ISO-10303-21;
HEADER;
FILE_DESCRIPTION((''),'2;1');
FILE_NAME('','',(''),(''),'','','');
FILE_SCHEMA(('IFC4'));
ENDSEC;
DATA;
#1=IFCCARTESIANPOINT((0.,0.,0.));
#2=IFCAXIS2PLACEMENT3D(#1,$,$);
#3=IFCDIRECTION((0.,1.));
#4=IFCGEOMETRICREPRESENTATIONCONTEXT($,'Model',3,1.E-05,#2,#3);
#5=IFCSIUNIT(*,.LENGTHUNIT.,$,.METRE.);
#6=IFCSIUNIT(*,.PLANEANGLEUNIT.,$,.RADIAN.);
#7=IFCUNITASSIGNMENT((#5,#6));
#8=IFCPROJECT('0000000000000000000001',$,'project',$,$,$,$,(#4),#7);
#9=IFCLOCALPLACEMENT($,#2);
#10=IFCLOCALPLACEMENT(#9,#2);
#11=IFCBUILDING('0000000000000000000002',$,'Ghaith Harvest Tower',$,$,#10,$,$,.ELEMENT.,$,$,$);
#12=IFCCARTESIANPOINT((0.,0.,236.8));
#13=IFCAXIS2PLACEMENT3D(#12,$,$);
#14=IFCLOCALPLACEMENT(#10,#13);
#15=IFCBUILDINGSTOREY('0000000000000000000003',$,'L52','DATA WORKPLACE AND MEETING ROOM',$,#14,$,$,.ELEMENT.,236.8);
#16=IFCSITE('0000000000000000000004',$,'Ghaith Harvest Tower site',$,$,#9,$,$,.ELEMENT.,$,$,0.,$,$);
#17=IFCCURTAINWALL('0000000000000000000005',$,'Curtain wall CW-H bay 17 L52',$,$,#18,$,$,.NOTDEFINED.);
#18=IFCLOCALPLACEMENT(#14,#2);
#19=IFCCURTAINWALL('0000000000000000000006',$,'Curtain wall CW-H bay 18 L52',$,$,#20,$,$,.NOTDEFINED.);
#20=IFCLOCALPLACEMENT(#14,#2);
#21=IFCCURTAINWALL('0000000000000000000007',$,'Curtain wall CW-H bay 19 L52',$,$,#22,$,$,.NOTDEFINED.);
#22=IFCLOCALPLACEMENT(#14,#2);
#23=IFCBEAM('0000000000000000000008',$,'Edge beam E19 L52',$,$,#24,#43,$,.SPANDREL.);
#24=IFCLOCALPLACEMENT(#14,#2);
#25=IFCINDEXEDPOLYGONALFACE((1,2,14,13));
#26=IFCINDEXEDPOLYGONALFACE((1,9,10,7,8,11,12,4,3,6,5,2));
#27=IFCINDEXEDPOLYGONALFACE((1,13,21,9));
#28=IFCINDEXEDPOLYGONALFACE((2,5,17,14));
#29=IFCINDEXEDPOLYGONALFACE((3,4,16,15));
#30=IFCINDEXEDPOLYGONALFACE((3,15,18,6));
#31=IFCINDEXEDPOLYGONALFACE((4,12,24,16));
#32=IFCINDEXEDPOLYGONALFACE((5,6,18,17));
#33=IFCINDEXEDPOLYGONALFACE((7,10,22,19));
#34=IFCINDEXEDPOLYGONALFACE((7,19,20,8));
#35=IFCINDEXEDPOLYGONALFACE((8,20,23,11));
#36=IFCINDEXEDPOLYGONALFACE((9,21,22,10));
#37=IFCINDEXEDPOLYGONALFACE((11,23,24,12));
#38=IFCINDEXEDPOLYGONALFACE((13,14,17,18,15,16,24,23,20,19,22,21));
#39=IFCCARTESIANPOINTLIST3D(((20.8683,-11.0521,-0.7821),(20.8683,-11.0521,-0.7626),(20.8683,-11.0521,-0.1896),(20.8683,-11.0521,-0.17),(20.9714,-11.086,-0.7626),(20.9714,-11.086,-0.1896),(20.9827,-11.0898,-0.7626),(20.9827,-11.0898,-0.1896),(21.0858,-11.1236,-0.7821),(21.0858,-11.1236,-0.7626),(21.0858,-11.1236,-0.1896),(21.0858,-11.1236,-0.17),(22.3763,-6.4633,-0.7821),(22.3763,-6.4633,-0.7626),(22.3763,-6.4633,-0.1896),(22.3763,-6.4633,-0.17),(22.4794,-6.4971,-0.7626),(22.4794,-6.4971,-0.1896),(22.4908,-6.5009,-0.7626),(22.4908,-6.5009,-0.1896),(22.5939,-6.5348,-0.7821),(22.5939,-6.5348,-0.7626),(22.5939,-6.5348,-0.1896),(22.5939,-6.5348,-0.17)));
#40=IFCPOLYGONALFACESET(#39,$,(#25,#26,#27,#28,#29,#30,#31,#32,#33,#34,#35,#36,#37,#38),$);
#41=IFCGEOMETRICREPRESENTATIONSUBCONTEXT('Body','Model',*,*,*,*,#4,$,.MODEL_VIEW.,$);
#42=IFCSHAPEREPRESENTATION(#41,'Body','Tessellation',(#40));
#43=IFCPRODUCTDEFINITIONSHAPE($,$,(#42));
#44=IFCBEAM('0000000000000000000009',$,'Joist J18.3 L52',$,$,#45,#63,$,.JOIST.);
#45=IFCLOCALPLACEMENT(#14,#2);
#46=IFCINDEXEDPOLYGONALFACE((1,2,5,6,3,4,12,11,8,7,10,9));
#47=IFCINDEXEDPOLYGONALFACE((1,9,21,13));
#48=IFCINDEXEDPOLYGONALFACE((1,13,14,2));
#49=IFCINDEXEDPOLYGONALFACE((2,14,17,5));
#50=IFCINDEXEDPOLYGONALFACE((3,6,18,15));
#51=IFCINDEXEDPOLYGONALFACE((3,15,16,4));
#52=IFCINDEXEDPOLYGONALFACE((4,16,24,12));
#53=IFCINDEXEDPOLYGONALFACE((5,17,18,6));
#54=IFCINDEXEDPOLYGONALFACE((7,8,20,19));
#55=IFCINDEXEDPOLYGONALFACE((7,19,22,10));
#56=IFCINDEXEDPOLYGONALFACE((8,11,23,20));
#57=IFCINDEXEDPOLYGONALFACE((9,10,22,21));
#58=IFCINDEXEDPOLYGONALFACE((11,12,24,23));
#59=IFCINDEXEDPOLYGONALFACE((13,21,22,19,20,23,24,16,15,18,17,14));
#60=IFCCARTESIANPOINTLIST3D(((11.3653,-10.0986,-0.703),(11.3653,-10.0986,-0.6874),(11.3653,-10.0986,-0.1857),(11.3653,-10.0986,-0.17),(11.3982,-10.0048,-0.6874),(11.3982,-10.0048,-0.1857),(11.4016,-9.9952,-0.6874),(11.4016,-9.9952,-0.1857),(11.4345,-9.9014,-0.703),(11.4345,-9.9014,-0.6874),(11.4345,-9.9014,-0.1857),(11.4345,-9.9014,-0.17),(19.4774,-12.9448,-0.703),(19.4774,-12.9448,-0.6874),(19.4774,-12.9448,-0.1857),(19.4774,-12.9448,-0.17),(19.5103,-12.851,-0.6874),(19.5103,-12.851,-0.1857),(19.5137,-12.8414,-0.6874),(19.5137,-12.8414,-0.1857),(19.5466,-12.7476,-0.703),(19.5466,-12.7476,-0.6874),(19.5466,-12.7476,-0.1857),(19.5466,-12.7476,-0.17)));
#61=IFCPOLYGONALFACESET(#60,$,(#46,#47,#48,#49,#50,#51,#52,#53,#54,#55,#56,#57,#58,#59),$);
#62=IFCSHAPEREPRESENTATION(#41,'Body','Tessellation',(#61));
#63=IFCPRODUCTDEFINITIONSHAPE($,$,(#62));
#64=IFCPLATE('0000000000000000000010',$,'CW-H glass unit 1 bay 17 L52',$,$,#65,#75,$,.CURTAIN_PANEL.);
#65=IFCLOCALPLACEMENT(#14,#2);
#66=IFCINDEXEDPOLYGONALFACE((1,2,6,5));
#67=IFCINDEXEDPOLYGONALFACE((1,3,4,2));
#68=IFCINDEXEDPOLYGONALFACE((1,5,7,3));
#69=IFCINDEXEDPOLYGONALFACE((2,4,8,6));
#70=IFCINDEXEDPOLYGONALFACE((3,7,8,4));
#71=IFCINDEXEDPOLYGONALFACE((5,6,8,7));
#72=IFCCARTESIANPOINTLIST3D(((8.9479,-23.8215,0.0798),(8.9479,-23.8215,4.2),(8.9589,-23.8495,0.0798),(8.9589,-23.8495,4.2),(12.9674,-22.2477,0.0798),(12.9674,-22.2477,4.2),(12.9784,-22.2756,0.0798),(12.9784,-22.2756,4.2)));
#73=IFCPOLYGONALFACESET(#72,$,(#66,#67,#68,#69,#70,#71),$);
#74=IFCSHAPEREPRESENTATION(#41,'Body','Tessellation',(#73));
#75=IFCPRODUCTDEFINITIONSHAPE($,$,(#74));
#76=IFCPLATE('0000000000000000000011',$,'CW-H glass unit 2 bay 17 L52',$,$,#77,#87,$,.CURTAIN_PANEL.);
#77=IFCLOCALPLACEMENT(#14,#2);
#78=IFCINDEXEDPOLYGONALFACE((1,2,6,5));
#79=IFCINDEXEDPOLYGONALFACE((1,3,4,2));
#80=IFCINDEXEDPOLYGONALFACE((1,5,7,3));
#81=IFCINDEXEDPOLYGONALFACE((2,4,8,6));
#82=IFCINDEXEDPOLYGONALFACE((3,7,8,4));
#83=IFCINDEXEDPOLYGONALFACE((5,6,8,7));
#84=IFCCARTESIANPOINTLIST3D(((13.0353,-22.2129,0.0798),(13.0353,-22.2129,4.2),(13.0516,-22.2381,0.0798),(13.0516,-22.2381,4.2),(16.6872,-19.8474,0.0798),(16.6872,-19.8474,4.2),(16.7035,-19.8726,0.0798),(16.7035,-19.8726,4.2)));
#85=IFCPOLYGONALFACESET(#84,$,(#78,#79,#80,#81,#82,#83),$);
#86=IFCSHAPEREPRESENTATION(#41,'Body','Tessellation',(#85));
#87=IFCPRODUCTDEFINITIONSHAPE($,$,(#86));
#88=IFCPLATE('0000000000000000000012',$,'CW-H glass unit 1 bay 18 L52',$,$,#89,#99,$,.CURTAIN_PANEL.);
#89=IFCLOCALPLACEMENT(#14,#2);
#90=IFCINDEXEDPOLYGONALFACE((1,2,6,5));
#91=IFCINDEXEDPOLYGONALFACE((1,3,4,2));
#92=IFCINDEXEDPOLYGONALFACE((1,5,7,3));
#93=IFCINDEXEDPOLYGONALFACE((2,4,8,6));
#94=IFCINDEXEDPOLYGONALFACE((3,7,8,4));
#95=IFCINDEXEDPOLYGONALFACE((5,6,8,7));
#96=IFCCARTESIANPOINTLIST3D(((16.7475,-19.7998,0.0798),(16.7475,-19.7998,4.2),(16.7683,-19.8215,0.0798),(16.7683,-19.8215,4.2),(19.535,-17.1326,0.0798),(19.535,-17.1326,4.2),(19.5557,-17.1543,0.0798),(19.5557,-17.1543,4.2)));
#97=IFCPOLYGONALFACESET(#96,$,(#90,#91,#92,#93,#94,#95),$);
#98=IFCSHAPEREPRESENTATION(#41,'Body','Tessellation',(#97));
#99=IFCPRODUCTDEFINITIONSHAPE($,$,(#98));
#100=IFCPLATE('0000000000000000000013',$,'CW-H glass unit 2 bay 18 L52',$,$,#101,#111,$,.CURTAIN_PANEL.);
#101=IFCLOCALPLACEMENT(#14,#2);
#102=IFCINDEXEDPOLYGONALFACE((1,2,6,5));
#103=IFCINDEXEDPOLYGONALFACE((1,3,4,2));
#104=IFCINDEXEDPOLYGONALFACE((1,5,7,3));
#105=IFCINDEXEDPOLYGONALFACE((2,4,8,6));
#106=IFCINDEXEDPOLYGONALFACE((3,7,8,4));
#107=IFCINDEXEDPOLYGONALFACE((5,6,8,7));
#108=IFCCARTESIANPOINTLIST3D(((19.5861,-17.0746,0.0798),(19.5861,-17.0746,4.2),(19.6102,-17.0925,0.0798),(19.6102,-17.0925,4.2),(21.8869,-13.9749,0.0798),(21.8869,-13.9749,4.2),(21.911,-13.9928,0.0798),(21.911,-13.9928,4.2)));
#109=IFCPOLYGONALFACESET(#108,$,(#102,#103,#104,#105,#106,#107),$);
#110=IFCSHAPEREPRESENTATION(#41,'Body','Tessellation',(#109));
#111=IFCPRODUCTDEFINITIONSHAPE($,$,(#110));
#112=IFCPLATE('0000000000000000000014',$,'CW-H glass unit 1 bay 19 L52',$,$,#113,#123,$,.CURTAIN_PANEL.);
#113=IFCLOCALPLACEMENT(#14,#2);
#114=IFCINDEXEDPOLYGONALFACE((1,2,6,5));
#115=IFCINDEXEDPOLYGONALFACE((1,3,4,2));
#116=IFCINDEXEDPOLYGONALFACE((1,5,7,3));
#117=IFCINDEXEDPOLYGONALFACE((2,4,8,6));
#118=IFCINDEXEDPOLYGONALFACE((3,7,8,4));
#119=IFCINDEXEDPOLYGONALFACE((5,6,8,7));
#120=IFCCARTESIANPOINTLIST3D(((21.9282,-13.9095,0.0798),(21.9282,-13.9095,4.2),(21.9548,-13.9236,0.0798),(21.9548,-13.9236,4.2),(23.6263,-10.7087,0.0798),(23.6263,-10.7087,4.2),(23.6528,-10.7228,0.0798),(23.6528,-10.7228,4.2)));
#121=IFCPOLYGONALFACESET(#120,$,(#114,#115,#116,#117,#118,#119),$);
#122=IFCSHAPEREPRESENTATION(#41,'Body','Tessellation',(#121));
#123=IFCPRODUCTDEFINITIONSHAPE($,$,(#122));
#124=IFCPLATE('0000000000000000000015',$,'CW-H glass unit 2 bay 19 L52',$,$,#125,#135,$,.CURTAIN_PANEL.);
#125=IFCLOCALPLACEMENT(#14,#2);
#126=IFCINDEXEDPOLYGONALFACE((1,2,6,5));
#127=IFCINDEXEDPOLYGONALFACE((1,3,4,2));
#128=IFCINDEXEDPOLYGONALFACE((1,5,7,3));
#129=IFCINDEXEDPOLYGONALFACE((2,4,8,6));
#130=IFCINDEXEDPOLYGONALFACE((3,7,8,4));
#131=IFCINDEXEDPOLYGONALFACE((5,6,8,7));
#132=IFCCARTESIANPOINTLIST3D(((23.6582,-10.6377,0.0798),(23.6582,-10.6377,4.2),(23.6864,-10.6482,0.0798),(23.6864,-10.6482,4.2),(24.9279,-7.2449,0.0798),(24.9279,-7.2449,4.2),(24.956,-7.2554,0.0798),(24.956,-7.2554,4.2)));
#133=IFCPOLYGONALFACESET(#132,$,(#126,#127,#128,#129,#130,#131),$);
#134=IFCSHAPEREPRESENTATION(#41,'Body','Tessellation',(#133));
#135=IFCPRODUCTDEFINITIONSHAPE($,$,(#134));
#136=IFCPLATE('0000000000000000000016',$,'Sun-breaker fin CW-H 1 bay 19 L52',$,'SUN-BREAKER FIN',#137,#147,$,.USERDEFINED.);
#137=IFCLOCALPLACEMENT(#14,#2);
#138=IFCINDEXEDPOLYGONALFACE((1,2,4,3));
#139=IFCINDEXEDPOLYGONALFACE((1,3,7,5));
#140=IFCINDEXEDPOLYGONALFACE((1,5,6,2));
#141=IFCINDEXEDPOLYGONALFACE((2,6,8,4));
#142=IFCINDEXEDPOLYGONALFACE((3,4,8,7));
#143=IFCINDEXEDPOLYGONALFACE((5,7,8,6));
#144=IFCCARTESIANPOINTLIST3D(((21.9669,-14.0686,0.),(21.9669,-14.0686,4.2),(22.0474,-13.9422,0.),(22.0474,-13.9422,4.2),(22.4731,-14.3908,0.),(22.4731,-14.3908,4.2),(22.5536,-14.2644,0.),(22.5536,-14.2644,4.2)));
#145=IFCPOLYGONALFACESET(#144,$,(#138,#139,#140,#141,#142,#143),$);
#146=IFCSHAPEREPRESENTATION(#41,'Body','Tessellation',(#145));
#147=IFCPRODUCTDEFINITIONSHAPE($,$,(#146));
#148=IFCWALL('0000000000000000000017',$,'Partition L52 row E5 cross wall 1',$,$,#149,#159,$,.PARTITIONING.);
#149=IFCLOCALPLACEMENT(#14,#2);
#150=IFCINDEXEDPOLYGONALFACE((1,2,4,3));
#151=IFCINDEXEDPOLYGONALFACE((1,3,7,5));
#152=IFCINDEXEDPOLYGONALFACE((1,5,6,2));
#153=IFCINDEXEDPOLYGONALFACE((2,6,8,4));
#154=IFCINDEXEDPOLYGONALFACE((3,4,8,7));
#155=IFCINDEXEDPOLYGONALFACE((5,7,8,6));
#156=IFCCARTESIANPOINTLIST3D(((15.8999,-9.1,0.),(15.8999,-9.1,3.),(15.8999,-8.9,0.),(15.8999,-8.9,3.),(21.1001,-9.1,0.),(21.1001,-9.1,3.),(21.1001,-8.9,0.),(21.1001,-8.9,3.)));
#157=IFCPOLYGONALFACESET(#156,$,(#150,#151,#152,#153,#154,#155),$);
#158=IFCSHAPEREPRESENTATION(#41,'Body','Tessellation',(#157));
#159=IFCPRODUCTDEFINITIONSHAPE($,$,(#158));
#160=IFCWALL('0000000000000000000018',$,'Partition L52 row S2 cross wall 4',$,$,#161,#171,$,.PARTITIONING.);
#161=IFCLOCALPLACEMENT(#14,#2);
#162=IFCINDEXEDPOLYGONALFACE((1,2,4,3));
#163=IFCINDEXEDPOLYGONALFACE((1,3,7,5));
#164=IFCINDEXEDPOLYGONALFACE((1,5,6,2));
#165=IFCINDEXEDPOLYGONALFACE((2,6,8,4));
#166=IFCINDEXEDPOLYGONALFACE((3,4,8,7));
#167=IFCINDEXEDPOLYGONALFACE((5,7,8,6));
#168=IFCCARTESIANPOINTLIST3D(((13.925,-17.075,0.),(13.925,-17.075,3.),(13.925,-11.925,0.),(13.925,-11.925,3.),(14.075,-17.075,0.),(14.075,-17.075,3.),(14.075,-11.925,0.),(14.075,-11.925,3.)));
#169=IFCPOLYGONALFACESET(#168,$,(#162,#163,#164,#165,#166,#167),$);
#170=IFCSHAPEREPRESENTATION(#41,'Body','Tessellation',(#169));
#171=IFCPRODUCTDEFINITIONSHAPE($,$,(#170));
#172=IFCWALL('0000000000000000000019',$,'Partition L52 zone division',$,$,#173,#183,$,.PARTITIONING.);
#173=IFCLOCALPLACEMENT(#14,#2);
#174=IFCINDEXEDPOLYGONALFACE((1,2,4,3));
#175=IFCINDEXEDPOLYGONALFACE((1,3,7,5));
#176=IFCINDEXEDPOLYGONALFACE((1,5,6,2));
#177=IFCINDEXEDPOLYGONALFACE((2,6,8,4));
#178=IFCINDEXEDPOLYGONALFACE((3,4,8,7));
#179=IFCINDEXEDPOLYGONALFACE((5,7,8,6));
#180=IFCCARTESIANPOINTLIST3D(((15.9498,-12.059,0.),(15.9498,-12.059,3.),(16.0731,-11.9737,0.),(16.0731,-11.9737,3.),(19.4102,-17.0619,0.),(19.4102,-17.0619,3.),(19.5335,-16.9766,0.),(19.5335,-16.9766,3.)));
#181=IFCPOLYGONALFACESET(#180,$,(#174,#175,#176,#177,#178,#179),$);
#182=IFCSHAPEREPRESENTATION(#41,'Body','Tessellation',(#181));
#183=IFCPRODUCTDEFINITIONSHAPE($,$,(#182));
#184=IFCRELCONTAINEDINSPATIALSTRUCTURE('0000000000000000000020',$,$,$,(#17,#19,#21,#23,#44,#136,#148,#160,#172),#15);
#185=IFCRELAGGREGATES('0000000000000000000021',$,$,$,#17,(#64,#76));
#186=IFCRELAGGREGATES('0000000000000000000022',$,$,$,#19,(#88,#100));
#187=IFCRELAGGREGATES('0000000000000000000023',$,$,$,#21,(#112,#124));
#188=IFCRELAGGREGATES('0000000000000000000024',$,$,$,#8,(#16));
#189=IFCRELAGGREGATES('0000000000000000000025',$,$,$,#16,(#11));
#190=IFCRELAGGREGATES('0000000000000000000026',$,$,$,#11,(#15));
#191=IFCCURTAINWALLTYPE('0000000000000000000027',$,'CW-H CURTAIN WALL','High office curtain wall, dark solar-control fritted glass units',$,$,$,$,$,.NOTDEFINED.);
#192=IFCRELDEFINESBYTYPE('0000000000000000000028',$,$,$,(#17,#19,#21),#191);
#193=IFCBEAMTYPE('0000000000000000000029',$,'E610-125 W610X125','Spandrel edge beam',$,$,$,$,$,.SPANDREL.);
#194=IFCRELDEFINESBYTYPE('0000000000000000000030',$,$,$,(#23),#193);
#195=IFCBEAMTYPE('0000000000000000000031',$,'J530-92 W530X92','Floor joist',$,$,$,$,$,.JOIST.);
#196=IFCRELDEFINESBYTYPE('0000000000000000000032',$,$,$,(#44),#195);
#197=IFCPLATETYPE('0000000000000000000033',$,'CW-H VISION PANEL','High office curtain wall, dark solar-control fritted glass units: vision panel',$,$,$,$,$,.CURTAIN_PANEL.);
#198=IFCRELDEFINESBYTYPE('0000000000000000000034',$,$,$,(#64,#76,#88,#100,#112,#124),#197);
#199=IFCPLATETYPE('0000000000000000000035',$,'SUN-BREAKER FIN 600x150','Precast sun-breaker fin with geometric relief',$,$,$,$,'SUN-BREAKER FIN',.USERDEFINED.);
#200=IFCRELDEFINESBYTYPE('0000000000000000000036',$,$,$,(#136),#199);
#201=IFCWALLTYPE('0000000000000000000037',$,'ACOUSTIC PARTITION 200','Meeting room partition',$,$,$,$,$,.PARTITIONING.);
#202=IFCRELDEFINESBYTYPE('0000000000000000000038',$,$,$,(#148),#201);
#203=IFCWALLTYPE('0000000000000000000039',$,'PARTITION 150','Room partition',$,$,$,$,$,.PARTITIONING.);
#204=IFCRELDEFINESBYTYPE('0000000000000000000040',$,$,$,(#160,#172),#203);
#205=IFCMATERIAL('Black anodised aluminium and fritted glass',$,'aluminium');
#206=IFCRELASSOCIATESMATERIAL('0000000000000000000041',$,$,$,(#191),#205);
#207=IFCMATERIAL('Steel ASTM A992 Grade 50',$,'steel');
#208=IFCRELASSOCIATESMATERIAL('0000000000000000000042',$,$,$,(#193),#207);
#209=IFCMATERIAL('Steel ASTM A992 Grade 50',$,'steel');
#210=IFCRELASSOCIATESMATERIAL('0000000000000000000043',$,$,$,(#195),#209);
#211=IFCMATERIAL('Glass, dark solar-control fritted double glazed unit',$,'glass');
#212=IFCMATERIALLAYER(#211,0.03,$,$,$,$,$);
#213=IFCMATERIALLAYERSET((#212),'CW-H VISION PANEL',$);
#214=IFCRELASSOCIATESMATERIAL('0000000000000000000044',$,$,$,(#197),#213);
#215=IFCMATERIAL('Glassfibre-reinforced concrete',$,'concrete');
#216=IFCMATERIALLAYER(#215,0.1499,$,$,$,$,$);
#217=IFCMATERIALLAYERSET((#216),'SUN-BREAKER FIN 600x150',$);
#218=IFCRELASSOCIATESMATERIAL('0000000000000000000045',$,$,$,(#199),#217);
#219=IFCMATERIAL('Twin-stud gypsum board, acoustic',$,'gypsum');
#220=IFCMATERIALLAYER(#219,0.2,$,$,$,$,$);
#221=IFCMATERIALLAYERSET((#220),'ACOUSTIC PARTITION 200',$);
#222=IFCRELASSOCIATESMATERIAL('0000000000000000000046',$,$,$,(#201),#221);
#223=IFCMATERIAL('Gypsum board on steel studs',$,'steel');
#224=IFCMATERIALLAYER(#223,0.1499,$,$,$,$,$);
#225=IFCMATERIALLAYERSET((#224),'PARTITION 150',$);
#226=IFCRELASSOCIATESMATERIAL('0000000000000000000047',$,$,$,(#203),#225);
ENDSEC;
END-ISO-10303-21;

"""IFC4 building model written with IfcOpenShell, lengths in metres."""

from ifc_helpers import new_model, si_unit, direction, frame, frame_2d, origin, origin_2d, place, context, subcontext, project, spatial, rectangle, i_section, extrude, material, layer, layer_set, material_profile, profile_set, type_object, element, aggregate, save


model = new_model("IFC4")

# Units and contexts
model_context = context("Model", 3, precision=1e-05, world=origin(), true_north=direction((0.0, 1.0)))
body_context = subcontext(model_context, "Body", "Model", "MODEL_VIEW")
ifc_project = project(units=[si_unit("LENGTHUNIT", "METRE"), si_unit("PLANEANGLEUNIT", "RADIAN")], contexts=[model_context])

# Site, building, storey
site_placement = place(None, origin())
site = spatial("IfcSite", under=ifc_project, at=site_placement, Name="Ghaith Harvest Tower site", CompositionType="ELEMENT", RefElevation=0.0)
building_placement = place(site_placement, origin())
building = spatial("IfcBuilding", under=site, at=building_placement, Name="Ghaith Harvest Tower", CompositionType="ELEMENT")
storey_placement = place(building_placement, frame((0.0, 0.0, 236.8)))
storey = spatial("IfcBuildingStorey", under=building, at=storey_placement, Name="L52", Description="DATA WORKPLACE AND MEETING ROOM", CompositionType="ELEMENT", Elevation=236.8)

# Curtain wall
ifc_material_1 = material(Name="Black anodised aluminium and fritted glass", Category="aluminium")
curtain_wall_type = type_object("IfcCurtainWallType", Name="CW-H CURTAIN WALL", Description="High office curtain wall, dark solar-control fritted glass units", PredefinedType="NOTDEFINED", material=ifc_material_1)
curtain_wall_1_placement = place(storey_placement, origin())
curtain_wall_1 = element("IfcCurtainWall", 1, at=curtain_wall_1_placement, inside=storey, type_object=curtain_wall_type, Name="Curtain wall CW-H bay 17 L52", PredefinedType="NOTDEFINED")

# Curtain walls
curtain_wall_2_placement = place(storey_placement, origin())
curtain_wall_2 = element("IfcCurtainWall", 2, at=curtain_wall_2_placement, inside=storey, type_object=curtain_wall_type, Name="Curtain wall CW-H bay 18 L52", PredefinedType="NOTDEFINED")
curtain_wall_3_placement = place(storey_placement, origin())
curtain_wall_3 = element("IfcCurtainWall", 3, at=curtain_wall_3_placement, inside=storey, type_object=curtain_wall_type, Name="Curtain wall CW-H bay 19 L52", PredefinedType="NOTDEFINED")

# Beams
ifc_material_2 = material(Name="Steel ASTM A992 Grade 50", Category="steel")
ifc_material_profile_1 = material_profile(ifc_material_2, i_section(OverallWidth=0.229, OverallDepth=0.6121, WebThickness=0.012, FlangeThickness=0.0195, at=origin_2d()), Name="W610X125")
ifc_profile_set_1 = profile_set([ifc_material_profile_1], Name="Steel ASTM A992 Grade 50")
beam_type_1 = type_object("IfcBeamType", Name="E610-125 W610X125", Description="Spandrel edge beam", PredefinedType="SPANDREL", material=ifc_profile_set_1)
beam_1_placement = place(storey_placement, frame((20.9771, -11.0879, -0.4761), z_axis=(0.312207, 0.950014, 0.0), x_axis=(-0.950014, 0.312207, 0.0)))
element("IfcBeam", 4, at=beam_1_placement, inside=storey, type_object=beam_type_1, Name="Edge beam E19 L52", PredefinedType="SPANDREL", context=body_context, shape_type="SweptSolid", body=[
    extrude(i_section(OverallWidth=0.229, OverallDepth=0.6121, WebThickness=0.012, FlangeThickness=0.0195, at=origin_2d()), origin(), (0.0, 0.0, 1.0), 4.8303),
])
ifc_material_3 = material(Name="Steel ASTM A992 Grade 50", Category="steel")
ifc_material_profile_2 = material_profile(ifc_material_3, i_section(OverallWidth=0.209, OverallDepth=0.533, WebThickness=0.0103, FlangeThickness=0.0156, at=origin_2d()), Name="W530X92")
ifc_profile_set_2 = profile_set([ifc_material_profile_2], Name="Steel ASTM A992 Grade 50")
beam_type_2 = type_object("IfcBeamType", Name="J530-92 W530X92", Description="Floor joist", PredefinedType="JOIST", material=ifc_profile_set_2)
beam_2_placement = place(storey_placement, frame((11.3999, -10.0, -0.4365), z_axis=(0.943605, -0.331073, 0.0), x_axis=(0.331073, 0.943605, 0.0)))
element("IfcBeam", 5, at=beam_2_placement, inside=storey, type_object=beam_type_2, Name="Joist J18.3 L52", PredefinedType="JOIST", context=body_context, shape_type="SweptSolid", body=[
    extrude(i_section(OverallWidth=0.209, OverallDepth=0.533, WebThickness=0.0103, FlangeThickness=0.0156, at=origin_2d()), origin(), (0.0, 0.0, 1.0), 8.5969),
])

# Plates
ifc_material_4 = material(Name="Glass, dark solar-control fritted double glazed unit", Category="glass")
ifc_layer_1 = layer(ifc_material_4, 0.03)
ifc_layer_set_1 = layer_set([ifc_layer_1], Name="CW-H VISION PANEL")
plate_type_1 = type_object("IfcPlateType", Name="CW-H VISION PANEL", Description="High office curtain wall, dark solar-control fritted glass units: vision panel", PredefinedType="CURTAIN_PANEL", material=ifc_layer_set_1)
plate_1_placement = place(storey_placement, frame((10.9631, -23.0486, 0.0798), z_axis=(0.0, 0.0, 1.0), x_axis=(0.931161, 0.364608, 0.0)))
plate_1 = element("IfcPlate", 6, at=plate_1_placement, type_object=plate_type_1, Name="CW-H glass unit 1 bay 17 L52", PredefinedType="CURTAIN_PANEL", context=body_context, shape_type="SweptSolid", body=[
    extrude(rectangle(XDim=4.3167, YDim=0.03, at=origin_2d()), origin(), (0.0, 0.0, 1.0), 4.1201),
])
plate_2_placement = place(storey_placement, frame((14.8694, -21.0427, 0.0798), z_axis=(0.0, 0.0, 1.0), x_axis=(0.839305, 0.54366, 0.0)))
plate_2 = element("IfcPlate", 7, at=plate_2_placement, type_object=plate_type_1, Name="CW-H glass unit 2 bay 17 L52", PredefinedType="CURTAIN_PANEL", context=body_context, shape_type="SweptSolid", body=[
    extrude(rectangle(XDim=4.3511, YDim=0.03, at=origin_2d()), origin(), (0.0, 0.0, 1.0), 4.1201),
])
aggregate(curtain_wall_1, [plate_1, plate_2])
plate_3_placement = place(storey_placement, frame((18.1516, -18.4771, 0.0798), z_axis=(0.0, 0.0, 1.0), x_axis=(0.722533, 0.691337, 0.0)))
plate_3 = element("IfcPlate", 8, at=plate_3_placement, type_object=plate_type_1, Name="CW-H glass unit 1 bay 18 L52", PredefinedType="CURTAIN_PANEL", context=body_context, shape_type="SweptSolid", body=[
    extrude(rectangle(XDim=3.8579, YDim=0.03, at=origin_2d()), origin(), (0.0, 0.0, 1.0), 4.1201),
])
plate_4_placement = place(storey_placement, frame((20.7485, -15.5337, 0.0798), z_axis=(0.0, 0.0, 1.0), x_axis=(0.596019, 0.802971, 0.0)))
plate_4 = element("IfcPlate", 9, at=plate_4_placement, type_object=plate_type_1, Name="CW-H glass unit 2 bay 18 L52", PredefinedType="CURTAIN_PANEL", context=body_context, shape_type="SweptSolid", body=[
    extrude(rectangle(XDim=3.8604, YDim=0.03, at=origin_2d()), origin(), (0.0, 0.0, 1.0), 4.1201),
])
aggregate(curtain_wall_2, [plate_3, plate_4])
plate_5_placement = place(storey_placement, frame((22.7905, -12.3162, 0.0798), z_axis=(0.0, 0.0, 1.0), x_axis=(0.468644, 0.883387, 0.0)))
plate_5 = element("IfcPlate", 10, at=plate_5_placement, type_object=plate_type_1, Name="CW-H glass unit 1 bay 19 L52", PredefinedType="CURTAIN_PANEL", context=body_context, shape_type="SweptSolid", body=[
    extrude(rectangle(XDim=3.6233, YDim=0.03, at=origin_2d()), origin(), (0.0, 0.0, 1.0), 4.1201),
])
plate_6_placement = place(storey_placement, frame((24.3071, -8.9465, 0.0798), z_axis=(0.0, 0.0, 1.0), x_axis=(0.350481, 0.93657, 0.0)))
plate_6 = element("IfcPlate", 11, at=plate_6_placement, type_object=plate_type_1, Name="CW-H glass unit 2 bay 19 L52", PredefinedType="CURTAIN_PANEL", context=body_context, shape_type="SweptSolid", body=[
    extrude(rectangle(XDim=3.6226, YDim=0.03, at=origin_2d()), origin(), (0.0, 0.0, 1.0), 4.1201),
])
aggregate(curtain_wall_3, [plate_5, plate_6])
ifc_material_5 = material(Name="Glassfibre-reinforced concrete", Category="concrete")
ifc_layer_2 = layer(ifc_material_5, 0.1499)
ifc_layer_set_2 = layer_set([ifc_layer_2], Name="SUN-BREAKER FIN 600x150")
plate_type_2 = type_object("IfcPlateType", Name="SUN-BREAKER FIN 600x150", Description="Precast sun-breaker fin with geometric relief", ElementType="SUN-BREAKER FIN", PredefinedType="USERDEFINED", material=ifc_layer_set_2)
plate_7_placement = place(storey_placement, frame((22.2603, -14.1665, 0.0), z_axis=(0.0, 0.0, 1.0), x_axis=(0.843644, -0.536903, 0.0)))
element("IfcPlate", 12, at=plate_7_placement, inside=storey, type_object=plate_type_2, Name="Sun-breaker fin CW-H 1 bay 19 L52", ObjectType="SUN-BREAKER FIN", PredefinedType="USERDEFINED", context=body_context, shape_type="SweptSolid", body=[
    extrude(rectangle(XDim=0.6001, YDim=0.1499, at=origin_2d()), origin(), (0.0, 0.0, 1.0), 4.2),
])

# Walls
ifc_material_6 = material(Name="Twin-stud gypsum board, acoustic", Category="gypsum")
ifc_layer_3 = layer(ifc_material_6, 0.2)
ifc_layer_set_3 = layer_set([ifc_layer_3], Name="ACOUSTIC PARTITION 200")
wall_type_1 = type_object("IfcWallType", Name="ACOUSTIC PARTITION 200", Description="Meeting room partition", PredefinedType="PARTITIONING", material=ifc_layer_set_3)
wall_1_placement = place(storey_placement, frame((15.8999, -9.0, 0.0), z_axis=(0.0, 0.0, 1.0), x_axis=(1.0, 0.0, 0.0)))
element("IfcWall", 13, at=wall_1_placement, inside=storey, type_object=wall_type_1, Name="Partition L52 row E5 cross wall 1", PredefinedType="PARTITIONING", context=body_context, shape_type="SweptSolid", body=[
    extrude(rectangle(XDim=5.2002, YDim=0.2, at=frame_2d((2.6001, 0.0))), origin(), (0.0, 0.0, 1.0), 3.0),
])
ifc_material_7 = material(Name="Gypsum board on steel studs", Category="steel")
ifc_layer_4 = layer(ifc_material_7, 0.1499)
ifc_layer_set_4 = layer_set([ifc_layer_4], Name="PARTITION 150")
wall_type_2 = type_object("IfcWallType", Name="PARTITION 150", Description="Room partition", PredefinedType="PARTITIONING", material=ifc_layer_set_4)
wall_2_placement = place(storey_placement, frame((14.0, -11.925, 0.0), z_axis=(0.0, 0.0, 1.0), x_axis=(0.0, -1.0, 0.0)))
element("IfcWall", 14, at=wall_2_placement, inside=storey, type_object=wall_type_2, Name="Partition L52 row S2 cross wall 4", PredefinedType="PARTITIONING", context=body_context, shape_type="SweptSolid", body=[
    extrude(rectangle(XDim=5.1499, YDim=0.1499, at=frame_2d((2.575, 0.0))), origin(), (0.0, 0.0, 1.0), 3.0),
])
wall_3_placement = place(storey_placement, frame((16.0115, -12.0164, 0.0), z_axis=(0.0, 0.0, 1.0), x_axis=(0.568863, -0.822432, 0.0)))
element("IfcWall", 15, at=wall_3_placement, inside=storey, type_object=wall_type_2, Name="Partition L52 zone division", PredefinedType="PARTITIONING", context=body_context, shape_type="SweptSolid", body=[
    extrude(rectangle(XDim=6.083, YDim=0.1499, at=frame_2d((3.0415, 0.0))), origin(), (0.0, 0.0, 1.0), 3.0),
])

save(model, "model.ifc")
